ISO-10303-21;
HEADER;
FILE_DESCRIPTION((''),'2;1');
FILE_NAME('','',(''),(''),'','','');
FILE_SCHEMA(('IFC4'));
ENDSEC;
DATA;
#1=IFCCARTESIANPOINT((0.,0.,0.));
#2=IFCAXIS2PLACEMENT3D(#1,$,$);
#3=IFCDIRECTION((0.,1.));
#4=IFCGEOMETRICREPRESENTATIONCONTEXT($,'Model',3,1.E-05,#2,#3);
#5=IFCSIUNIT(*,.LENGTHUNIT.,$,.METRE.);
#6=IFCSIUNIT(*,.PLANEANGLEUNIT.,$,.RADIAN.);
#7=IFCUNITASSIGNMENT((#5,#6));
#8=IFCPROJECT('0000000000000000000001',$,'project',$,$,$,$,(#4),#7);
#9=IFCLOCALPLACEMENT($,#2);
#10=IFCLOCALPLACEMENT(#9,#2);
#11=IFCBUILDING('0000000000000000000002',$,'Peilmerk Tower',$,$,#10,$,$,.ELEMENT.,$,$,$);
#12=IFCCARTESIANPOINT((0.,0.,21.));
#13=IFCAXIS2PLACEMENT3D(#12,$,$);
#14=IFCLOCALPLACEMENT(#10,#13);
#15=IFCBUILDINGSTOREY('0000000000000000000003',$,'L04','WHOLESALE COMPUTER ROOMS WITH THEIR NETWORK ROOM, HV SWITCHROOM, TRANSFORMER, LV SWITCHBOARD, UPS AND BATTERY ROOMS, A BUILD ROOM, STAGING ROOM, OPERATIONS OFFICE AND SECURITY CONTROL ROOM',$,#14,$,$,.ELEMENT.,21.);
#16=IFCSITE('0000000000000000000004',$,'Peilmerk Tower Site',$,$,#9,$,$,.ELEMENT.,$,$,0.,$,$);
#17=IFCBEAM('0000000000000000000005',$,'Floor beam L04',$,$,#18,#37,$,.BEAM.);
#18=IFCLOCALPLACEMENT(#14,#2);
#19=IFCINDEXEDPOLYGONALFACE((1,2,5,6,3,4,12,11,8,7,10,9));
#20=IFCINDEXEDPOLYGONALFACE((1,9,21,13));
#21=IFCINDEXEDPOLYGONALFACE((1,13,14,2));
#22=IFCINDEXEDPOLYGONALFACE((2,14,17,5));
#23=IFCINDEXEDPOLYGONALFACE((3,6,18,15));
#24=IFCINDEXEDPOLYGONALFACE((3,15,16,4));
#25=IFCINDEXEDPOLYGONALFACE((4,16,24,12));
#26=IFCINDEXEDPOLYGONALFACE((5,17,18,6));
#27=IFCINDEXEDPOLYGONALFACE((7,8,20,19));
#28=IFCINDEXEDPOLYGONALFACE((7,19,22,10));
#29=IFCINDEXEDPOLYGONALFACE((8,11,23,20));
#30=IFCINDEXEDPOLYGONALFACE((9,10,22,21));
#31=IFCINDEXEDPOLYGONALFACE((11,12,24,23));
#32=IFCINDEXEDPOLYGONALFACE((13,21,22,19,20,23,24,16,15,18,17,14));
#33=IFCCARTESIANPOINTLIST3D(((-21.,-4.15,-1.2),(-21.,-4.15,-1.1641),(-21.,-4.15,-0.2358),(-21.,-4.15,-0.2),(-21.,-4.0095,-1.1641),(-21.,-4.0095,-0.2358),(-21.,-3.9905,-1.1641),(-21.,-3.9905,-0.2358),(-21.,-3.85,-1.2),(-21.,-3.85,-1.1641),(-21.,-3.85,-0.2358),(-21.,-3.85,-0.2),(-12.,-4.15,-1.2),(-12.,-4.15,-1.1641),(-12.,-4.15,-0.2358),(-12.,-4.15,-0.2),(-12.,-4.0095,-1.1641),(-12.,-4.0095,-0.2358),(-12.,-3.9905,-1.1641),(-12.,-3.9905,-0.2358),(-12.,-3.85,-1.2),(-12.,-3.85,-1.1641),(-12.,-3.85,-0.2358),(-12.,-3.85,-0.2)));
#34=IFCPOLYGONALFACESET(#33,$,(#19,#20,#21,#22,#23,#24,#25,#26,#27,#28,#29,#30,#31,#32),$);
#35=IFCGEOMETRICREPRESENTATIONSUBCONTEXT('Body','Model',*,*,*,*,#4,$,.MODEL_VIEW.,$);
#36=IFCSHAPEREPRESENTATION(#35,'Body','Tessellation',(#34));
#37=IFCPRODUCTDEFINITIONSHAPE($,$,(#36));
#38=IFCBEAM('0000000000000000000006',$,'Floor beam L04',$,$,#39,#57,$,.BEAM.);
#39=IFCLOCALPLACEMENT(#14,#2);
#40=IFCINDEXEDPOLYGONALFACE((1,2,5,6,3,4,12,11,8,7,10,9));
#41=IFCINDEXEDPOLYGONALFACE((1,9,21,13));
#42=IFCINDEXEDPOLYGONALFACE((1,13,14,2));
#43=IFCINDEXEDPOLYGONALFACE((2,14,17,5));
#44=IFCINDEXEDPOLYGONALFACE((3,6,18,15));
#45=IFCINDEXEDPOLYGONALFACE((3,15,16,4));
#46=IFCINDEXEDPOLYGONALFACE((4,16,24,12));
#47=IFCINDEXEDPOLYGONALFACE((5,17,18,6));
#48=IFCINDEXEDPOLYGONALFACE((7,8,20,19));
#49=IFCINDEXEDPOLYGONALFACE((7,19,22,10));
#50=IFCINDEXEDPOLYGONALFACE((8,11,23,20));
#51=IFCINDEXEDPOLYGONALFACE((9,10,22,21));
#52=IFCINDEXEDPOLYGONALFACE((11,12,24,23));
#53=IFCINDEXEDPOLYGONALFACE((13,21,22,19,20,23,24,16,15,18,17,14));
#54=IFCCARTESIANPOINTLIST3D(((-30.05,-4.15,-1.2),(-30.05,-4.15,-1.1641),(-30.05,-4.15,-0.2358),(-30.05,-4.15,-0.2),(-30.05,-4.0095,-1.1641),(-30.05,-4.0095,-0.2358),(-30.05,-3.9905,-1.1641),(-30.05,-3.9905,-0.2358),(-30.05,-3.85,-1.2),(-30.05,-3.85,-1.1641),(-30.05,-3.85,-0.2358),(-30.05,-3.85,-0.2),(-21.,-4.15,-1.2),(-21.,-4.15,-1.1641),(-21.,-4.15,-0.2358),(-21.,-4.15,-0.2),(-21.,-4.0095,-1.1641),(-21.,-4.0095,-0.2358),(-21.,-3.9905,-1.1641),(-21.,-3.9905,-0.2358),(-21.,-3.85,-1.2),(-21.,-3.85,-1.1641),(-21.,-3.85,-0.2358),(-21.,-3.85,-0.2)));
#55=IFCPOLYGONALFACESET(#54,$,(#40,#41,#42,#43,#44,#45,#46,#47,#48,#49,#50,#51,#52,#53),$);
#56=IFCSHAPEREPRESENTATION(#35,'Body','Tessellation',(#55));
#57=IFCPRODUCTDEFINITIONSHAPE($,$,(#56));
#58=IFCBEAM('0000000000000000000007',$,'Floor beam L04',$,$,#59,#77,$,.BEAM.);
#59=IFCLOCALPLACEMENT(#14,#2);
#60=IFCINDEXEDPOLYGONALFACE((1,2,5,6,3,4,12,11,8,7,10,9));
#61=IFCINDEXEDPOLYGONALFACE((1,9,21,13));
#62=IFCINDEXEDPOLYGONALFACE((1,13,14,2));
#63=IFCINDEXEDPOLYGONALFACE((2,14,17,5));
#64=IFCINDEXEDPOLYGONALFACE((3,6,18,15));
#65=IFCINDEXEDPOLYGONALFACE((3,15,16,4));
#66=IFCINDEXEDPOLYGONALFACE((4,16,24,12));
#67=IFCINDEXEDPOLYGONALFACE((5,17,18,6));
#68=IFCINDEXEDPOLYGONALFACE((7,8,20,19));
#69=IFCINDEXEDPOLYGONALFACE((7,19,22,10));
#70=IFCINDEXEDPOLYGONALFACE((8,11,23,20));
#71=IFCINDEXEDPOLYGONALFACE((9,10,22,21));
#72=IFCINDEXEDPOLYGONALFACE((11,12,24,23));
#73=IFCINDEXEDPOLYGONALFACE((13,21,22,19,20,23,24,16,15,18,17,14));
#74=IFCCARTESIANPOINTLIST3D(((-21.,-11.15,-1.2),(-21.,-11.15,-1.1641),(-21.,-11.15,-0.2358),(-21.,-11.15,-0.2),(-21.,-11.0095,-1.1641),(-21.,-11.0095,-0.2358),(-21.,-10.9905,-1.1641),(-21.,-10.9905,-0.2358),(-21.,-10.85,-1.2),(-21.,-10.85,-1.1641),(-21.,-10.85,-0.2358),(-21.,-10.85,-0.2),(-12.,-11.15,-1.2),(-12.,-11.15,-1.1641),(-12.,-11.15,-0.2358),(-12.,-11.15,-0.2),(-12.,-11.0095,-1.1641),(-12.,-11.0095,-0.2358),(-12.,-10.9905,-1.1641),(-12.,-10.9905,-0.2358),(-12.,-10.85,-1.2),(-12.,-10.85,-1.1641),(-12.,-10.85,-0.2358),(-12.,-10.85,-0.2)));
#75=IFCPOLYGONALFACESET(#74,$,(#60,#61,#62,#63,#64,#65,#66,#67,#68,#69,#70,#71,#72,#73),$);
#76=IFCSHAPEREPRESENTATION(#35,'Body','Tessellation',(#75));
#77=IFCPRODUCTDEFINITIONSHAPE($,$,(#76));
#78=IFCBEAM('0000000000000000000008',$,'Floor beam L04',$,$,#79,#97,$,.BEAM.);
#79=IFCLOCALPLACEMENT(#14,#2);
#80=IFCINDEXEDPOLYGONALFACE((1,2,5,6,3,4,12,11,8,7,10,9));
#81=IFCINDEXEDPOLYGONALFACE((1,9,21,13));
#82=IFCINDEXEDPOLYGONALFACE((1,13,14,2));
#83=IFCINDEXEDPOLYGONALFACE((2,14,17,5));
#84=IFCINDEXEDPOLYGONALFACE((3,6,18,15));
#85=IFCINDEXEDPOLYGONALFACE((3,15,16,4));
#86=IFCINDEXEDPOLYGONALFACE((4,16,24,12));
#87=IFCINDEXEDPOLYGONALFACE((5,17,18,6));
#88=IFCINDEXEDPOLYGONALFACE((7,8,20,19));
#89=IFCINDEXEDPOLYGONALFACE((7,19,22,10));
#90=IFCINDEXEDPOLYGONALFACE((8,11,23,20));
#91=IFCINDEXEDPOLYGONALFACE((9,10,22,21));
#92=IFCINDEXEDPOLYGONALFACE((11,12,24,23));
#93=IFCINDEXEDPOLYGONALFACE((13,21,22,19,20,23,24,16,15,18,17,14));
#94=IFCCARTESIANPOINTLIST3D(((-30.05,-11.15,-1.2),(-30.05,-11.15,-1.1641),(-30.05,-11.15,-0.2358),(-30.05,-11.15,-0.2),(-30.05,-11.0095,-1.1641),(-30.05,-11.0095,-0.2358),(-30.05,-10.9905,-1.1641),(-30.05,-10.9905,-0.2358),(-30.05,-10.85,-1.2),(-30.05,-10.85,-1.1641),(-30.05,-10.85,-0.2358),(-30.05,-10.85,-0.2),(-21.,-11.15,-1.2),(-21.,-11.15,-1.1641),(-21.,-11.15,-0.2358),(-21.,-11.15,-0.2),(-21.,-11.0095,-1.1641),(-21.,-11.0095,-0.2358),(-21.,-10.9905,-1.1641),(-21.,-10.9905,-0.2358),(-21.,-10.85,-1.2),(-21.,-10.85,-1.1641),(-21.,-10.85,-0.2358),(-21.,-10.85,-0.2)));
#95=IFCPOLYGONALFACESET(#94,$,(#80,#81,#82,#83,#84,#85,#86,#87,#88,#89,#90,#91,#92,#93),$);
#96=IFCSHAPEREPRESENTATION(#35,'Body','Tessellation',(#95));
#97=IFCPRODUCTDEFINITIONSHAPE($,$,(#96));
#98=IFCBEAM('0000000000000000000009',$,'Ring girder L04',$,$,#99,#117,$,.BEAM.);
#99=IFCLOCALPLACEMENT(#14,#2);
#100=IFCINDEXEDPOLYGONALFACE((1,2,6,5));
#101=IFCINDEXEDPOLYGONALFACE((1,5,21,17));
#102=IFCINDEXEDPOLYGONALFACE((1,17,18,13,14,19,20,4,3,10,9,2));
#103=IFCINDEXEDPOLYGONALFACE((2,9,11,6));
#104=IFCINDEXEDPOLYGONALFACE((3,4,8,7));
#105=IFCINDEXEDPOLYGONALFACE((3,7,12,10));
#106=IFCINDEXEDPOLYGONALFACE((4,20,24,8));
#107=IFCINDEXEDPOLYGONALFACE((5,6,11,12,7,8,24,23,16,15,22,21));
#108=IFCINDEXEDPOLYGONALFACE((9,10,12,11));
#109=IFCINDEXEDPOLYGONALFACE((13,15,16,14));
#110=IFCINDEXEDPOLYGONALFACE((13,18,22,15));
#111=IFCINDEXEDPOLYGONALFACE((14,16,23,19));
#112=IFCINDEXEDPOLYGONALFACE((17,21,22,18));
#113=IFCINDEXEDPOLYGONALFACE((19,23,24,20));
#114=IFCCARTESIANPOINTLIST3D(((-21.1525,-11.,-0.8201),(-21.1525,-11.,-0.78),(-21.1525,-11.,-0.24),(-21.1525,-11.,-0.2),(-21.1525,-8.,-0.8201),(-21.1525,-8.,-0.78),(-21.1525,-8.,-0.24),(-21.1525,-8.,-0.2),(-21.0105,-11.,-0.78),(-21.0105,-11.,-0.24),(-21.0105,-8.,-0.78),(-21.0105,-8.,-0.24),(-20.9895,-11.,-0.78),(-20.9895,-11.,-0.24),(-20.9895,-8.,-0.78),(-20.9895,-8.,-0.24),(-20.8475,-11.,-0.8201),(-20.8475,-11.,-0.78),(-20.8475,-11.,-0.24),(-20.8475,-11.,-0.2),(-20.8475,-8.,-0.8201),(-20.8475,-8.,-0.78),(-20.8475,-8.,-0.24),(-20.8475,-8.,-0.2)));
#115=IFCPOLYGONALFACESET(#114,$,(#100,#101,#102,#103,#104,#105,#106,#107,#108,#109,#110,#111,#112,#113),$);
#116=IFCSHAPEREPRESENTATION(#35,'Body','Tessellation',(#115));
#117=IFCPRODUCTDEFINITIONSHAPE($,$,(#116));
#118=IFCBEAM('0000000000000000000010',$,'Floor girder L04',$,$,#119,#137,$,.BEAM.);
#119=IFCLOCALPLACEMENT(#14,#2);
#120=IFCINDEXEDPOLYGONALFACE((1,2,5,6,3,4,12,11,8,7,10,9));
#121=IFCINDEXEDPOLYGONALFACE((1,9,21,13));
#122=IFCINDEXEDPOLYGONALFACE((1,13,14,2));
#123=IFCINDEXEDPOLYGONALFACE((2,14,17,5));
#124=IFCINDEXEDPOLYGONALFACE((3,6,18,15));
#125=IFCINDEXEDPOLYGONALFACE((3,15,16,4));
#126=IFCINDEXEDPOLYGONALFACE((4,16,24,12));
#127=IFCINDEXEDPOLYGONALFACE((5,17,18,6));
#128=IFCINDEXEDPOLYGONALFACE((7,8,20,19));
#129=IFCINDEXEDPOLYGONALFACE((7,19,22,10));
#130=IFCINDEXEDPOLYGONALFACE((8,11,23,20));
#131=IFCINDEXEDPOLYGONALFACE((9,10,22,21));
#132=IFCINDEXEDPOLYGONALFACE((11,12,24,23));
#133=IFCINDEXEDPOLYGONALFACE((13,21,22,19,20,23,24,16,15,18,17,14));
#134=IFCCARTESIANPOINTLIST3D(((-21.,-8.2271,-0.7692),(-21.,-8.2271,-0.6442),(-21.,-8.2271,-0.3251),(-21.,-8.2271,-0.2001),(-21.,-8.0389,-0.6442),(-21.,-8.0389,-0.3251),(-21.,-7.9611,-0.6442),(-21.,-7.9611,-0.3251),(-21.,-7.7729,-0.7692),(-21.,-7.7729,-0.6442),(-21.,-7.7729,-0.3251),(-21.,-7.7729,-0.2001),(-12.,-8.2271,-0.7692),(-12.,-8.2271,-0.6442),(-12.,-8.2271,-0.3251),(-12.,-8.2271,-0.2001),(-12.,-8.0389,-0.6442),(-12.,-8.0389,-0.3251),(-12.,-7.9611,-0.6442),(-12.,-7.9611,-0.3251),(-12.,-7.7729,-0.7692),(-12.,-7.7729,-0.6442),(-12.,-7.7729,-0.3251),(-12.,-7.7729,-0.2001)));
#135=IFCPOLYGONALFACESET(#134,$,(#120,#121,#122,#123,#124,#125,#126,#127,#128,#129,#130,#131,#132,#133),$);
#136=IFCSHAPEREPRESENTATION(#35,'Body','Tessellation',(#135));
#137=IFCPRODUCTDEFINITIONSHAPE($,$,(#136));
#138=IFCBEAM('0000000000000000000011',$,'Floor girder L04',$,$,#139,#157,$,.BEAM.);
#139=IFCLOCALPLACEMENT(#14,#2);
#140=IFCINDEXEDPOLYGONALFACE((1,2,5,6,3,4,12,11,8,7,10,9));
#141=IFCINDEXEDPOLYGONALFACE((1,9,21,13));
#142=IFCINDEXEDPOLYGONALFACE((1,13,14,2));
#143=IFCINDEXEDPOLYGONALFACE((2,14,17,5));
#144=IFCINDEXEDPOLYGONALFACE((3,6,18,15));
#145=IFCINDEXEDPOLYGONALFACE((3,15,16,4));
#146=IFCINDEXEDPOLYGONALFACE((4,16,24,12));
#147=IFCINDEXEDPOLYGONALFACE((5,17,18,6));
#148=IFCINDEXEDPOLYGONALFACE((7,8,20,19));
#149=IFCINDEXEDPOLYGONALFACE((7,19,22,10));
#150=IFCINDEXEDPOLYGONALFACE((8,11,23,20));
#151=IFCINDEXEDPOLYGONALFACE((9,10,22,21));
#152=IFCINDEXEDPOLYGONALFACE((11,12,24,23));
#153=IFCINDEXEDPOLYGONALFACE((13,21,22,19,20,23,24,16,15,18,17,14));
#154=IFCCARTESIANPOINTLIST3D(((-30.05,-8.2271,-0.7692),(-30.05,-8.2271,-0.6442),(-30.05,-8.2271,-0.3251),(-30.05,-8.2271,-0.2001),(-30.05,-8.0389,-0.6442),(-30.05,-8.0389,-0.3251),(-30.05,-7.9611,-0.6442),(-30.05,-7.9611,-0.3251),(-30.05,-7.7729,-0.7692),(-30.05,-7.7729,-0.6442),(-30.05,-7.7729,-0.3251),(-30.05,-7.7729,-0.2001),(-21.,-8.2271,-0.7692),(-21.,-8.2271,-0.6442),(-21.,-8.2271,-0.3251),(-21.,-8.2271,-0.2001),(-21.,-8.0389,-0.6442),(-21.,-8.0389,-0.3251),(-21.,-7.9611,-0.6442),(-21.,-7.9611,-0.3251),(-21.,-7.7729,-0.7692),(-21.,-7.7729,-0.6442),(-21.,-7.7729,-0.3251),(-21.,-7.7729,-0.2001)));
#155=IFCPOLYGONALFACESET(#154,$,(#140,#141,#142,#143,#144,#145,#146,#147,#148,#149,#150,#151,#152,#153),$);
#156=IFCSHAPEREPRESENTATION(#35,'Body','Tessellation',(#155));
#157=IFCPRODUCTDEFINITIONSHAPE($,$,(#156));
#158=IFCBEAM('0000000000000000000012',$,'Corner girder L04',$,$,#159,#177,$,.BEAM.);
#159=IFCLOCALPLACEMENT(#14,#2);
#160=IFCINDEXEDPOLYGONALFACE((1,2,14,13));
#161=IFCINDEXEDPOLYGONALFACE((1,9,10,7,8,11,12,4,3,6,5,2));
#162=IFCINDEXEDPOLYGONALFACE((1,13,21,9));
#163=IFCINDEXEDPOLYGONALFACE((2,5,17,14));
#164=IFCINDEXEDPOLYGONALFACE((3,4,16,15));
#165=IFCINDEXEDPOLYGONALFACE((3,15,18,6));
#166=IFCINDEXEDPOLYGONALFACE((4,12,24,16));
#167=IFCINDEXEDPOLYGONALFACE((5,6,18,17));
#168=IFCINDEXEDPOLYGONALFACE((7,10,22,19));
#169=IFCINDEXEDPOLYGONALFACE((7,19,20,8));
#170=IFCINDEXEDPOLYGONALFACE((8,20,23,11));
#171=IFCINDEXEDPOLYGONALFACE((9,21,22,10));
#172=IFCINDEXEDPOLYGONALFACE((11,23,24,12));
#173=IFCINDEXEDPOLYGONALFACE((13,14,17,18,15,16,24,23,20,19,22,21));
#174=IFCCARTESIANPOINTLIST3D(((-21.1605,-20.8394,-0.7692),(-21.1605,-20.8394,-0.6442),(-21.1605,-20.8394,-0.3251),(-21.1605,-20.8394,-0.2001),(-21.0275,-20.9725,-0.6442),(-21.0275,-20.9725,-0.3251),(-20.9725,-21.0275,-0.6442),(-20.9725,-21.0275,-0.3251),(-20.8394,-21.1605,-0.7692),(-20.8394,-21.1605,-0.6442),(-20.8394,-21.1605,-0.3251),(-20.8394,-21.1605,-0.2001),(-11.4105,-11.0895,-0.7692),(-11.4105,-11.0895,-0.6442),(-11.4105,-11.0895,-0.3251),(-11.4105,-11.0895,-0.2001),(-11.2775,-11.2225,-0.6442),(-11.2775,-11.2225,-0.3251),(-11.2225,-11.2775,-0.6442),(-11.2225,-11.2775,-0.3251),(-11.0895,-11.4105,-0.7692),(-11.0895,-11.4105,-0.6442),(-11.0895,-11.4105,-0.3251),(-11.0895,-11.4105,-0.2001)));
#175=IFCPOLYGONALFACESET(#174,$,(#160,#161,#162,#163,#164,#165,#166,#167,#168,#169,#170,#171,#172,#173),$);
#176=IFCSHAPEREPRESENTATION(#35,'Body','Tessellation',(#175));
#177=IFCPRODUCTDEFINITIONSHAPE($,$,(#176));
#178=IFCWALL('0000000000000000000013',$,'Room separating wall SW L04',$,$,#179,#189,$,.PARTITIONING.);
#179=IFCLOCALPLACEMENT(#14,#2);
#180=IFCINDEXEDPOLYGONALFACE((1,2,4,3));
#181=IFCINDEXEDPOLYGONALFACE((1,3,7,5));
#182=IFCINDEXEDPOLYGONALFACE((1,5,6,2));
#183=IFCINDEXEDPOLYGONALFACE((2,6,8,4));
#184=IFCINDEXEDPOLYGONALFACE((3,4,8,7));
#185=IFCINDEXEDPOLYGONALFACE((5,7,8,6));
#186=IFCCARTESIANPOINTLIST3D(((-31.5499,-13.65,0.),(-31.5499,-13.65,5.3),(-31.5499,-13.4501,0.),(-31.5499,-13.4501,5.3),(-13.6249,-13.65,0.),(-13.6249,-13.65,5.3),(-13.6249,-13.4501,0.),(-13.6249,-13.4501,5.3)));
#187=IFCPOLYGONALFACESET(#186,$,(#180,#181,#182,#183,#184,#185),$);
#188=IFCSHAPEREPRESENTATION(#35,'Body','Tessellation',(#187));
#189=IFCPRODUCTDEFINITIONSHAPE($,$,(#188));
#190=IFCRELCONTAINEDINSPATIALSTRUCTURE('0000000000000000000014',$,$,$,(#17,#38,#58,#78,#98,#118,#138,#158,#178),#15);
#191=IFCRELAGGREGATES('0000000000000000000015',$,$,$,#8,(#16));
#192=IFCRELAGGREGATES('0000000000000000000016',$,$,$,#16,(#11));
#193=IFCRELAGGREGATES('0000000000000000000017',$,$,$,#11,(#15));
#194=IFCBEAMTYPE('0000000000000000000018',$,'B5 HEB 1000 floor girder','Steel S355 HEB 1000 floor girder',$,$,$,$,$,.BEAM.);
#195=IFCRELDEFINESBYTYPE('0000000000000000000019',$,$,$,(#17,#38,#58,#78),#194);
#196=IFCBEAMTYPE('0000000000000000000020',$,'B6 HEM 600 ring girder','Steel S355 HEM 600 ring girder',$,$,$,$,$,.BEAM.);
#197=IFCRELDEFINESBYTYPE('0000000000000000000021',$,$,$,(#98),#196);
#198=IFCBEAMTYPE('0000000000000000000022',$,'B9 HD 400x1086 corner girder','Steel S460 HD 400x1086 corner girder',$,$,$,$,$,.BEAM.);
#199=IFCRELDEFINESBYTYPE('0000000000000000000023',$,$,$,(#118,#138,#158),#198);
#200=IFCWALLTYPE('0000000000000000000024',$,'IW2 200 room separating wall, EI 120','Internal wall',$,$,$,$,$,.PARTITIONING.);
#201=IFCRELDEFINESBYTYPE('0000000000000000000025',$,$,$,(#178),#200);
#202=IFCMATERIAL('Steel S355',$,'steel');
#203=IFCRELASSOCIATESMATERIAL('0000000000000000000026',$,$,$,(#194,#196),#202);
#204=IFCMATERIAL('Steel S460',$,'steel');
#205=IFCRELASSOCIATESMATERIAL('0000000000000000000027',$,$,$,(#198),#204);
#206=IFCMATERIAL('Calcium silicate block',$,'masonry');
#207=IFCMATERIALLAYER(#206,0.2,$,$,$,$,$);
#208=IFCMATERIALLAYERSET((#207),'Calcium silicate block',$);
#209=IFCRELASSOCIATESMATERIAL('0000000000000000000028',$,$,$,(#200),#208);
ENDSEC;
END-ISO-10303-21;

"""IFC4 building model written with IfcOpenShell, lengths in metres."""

from ifc_helpers import new_model, si_unit, direction, frame, frame_2d, origin, origin_2d, place, context, subcontext, project, spatial, rectangle, i_section, extrude, material, layer, layer_set, material_profile, profile_set, type_object, element, save


model = new_model("IFC4")

# Units and contexts
model_context = context("Model", 3, precision=1e-05, world=origin(), true_north=direction((0.0, 1.0)))
body_context = subcontext(model_context, "Body", "Model", "MODEL_VIEW")
ifc_project = project(units=[si_unit("LENGTHUNIT", "METRE"), si_unit("PLANEANGLEUNIT", "RADIAN")], contexts=[model_context])

# Site, building, storey
site_placement = place(None, origin())
site = spatial("IfcSite", under=ifc_project, at=site_placement, Name="Peilmerk Tower Site", CompositionType="ELEMENT", RefElevation=0.0)
building_placement = place(site_placement, origin())
building = spatial("IfcBuilding", under=site, at=building_placement, Name="Peilmerk Tower", CompositionType="ELEMENT")
storey_placement = place(building_placement, frame((0.0, 0.0, 21.0)))
storey = spatial("IfcBuildingStorey", under=building, at=storey_placement, Name="L04", Description="WHOLESALE COMPUTER ROOMS WITH THEIR NETWORK ROOM, HV SWITCHROOM, TRANSFORMER, LV SWITCHBOARD, UPS AND BATTERY ROOMS, A BUILD ROOM, STAGING ROOM, OPERATIONS OFFICE AND SECURITY CONTROL ROOM", CompositionType="ELEMENT", Elevation=21.0)

# Beams
ifc_material_1 = material(Name="Steel S355", Category="steel")
ifc_material_profile_1 = material_profile(ifc_material_1, i_section(OverallWidth=0.3, OverallDepth=1.0, WebThickness=0.019, FlangeThickness=0.0359, at=origin_2d()), Name="HEB 1000")
ifc_profile_set_1 = profile_set([ifc_material_profile_1], Name="Steel S355")
beam_type_1 = type_object("IfcBeamType", Name="B5 HEB 1000 floor girder", Description="Steel S355 HEB 1000 floor girder", PredefinedType="BEAM", material=ifc_profile_set_1)
for number, where, z_axis, x_axis, name in (
    (1, (-12.0, -4.0, -0.7), (-1.0, 0.0, 0.0), (0.0, -1.0, 0.0), "Floor beam L04"),
):
    element("IfcBeam", number, at=place(storey_placement, frame(where, z_axis=z_axis, x_axis=x_axis)), inside=storey, type_object=beam_type_1, Name=name, PredefinedType="BEAM", context=body_context, shape_type="SweptSolid", body=[
        extrude(i_section(OverallWidth=0.3, OverallDepth=1.0, WebThickness=0.019, FlangeThickness=0.0359, at=origin_2d()), origin(), (0.0, 0.0, 1.0), 9.0),
    ])
beam_1_placement = place(storey_placement, frame((-21.0, -4.0, -0.7), z_axis=(-1.0, 0.0, 0.0), x_axis=(0.0, -1.0, 0.0)))
element("IfcBeam", 2, at=beam_1_placement, inside=storey, type_object=beam_type_1, Name="Floor beam L04", PredefinedType="BEAM", context=body_context, shape_type="SweptSolid", body=[
    extrude(i_section(OverallWidth=0.3, OverallDepth=1.0, WebThickness=0.019, FlangeThickness=0.0359, at=origin_2d()), origin(), (0.0, 0.0, 1.0), 9.05),
])
beam_2_placement = place(storey_placement, frame((-12.0, -11.0, -0.7), z_axis=(-1.0, 0.0, 0.0), x_axis=(0.0, -1.0, 0.0)))
element("IfcBeam", 3, at=beam_2_placement, inside=storey, type_object=beam_type_1, Name="Floor beam L04", PredefinedType="BEAM", context=body_context, shape_type="SweptSolid", body=[
    extrude(i_section(OverallWidth=0.3, OverallDepth=1.0, WebThickness=0.019, FlangeThickness=0.0359, at=origin_2d()), origin(), (0.0, 0.0, 1.0), 9.0),
])
beam_3_placement = place(storey_placement, frame((-21.0, -11.0, -0.7), z_axis=(-1.0, 0.0, 0.0), x_axis=(0.0, -1.0, 0.0)))
element("IfcBeam", 4, at=beam_3_placement, inside=storey, type_object=beam_type_1, Name="Floor beam L04", PredefinedType="BEAM", context=body_context, shape_type="SweptSolid", body=[
    extrude(i_section(OverallWidth=0.3, OverallDepth=1.0, WebThickness=0.019, FlangeThickness=0.0359, at=origin_2d()), origin(), (0.0, 0.0, 1.0), 9.05),
])
ifc_material_profile_2 = material_profile(ifc_material_1, i_section(OverallWidth=0.3049, OverallDepth=0.6201, WebThickness=0.021, FlangeThickness=0.04, at=origin_2d()), Name="HEM 600")
ifc_profile_set_2 = profile_set([ifc_material_profile_2], Name="Steel S355")
beam_type_2 = type_object("IfcBeamType", Name="B6 HEM 600 ring girder", Description="Steel S355 HEM 600 ring girder", PredefinedType="BEAM", material=ifc_profile_set_2)
beam_4_placement = place(storey_placement, frame((-21.0, -8.0, -0.51), z_axis=(0.0, -1.0, 0.0), x_axis=(1.0, 0.0, 0.0)))
element("IfcBeam", 5, at=beam_4_placement, inside=storey, type_object=beam_type_2, Name="Ring girder L04", PredefinedType="BEAM", context=body_context, shape_type="SweptSolid", body=[
    extrude(i_section(OverallWidth=0.3049, OverallDepth=0.6201, WebThickness=0.021, FlangeThickness=0.04, at=origin_2d()), origin(), (0.0, 0.0, 1.0), 3.0),
])
ifc_material_2 = material(Name="Steel S460", Category="steel")
ifc_material_profile_3 = material_profile(ifc_material_2, i_section(OverallWidth=0.4541, OverallDepth=0.5691, WebThickness=0.0779, FlangeThickness=0.125, at=origin_2d()), Name="HD 400x1086")
ifc_profile_set_3 = profile_set([ifc_material_profile_3], Name="Steel S460")
beam_type_3 = type_object("IfcBeamType", Name="B9 HD 400x1086 corner girder", Description="Steel S460 HD 400x1086 corner girder", PredefinedType="BEAM", material=ifc_profile_set_3)
beam_5_placement = place(storey_placement, frame((-12.0, -8.0, -0.4846), z_axis=(-1.0, 0.0, 0.0), x_axis=(0.0, -1.0, 0.0)))
element("IfcBeam", 6, at=beam_5_placement, inside=storey, type_object=beam_type_3, Name="Floor girder L04", PredefinedType="BEAM", context=body_context, shape_type="SweptSolid", body=[
    extrude(i_section(OverallWidth=0.4541, OverallDepth=0.5691, WebThickness=0.0779, FlangeThickness=0.125, at=origin_2d()), origin(), (0.0, 0.0, 1.0), 9.0),
])
beam_6_placement = place(storey_placement, frame((-21.0, -8.0, -0.4846), z_axis=(-1.0, 0.0, 0.0), x_axis=(0.0, -1.0, 0.0)))
element("IfcBeam", 7, at=beam_6_placement, inside=storey, type_object=beam_type_3, Name="Floor girder L04", PredefinedType="BEAM", context=body_context, shape_type="SweptSolid", body=[
    extrude(i_section(OverallWidth=0.4541, OverallDepth=0.5691, WebThickness=0.0779, FlangeThickness=0.125, at=origin_2d()), origin(), (0.0, 0.0, 1.0), 9.05),
])
beam_7_placement = place(storey_placement, frame((-11.25, -11.25, -0.4846), z_axis=(-0.707107, -0.707107, 0.0), x_axis=(0.707107, -0.707107, 0.0)))
element("IfcBeam", 8, at=beam_7_placement, inside=storey, type_object=beam_type_3, Name="Corner girder L04", PredefinedType="BEAM", context=body_context, shape_type="SweptSolid", body=[
    extrude(i_section(OverallWidth=0.4541, OverallDepth=0.5691, WebThickness=0.0779, FlangeThickness=0.125, at=origin_2d()), origin(), (0.0, 0.0, 1.0), 13.7886),
])

# Wall
ifc_material_3 = material(Name="Calcium silicate block", Category="masonry")
ifc_layer_1 = layer(ifc_material_3, 0.2)
ifc_layer_set_1 = layer_set([ifc_layer_1], Name="Calcium silicate block")
wall_type_1 = type_object("IfcWallType", Name="IW2 200 room separating wall, EI 120", Description="Internal wall", PredefinedType="PARTITIONING", material=ifc_layer_set_1)
wall_1_placement = place(storey_placement, frame((-13.625, -13.55, 0.0), z_axis=(0.0, 0.0, 1.0), x_axis=(-1.0, 0.0, 0.0)))
element("IfcWall", 9, at=wall_1_placement, inside=storey, type_object=wall_type_1, Name="Room separating wall SW L04", PredefinedType="PARTITIONING", context=body_context, shape_type="SweptSolid", body=[
    extrude(rectangle(XDim=17.925, YDim=0.2, at=frame_2d((8.9624, 0.0))), origin(), (0.0, 0.0, 1.0), 5.3),
])

save(model, "model.ifc")
